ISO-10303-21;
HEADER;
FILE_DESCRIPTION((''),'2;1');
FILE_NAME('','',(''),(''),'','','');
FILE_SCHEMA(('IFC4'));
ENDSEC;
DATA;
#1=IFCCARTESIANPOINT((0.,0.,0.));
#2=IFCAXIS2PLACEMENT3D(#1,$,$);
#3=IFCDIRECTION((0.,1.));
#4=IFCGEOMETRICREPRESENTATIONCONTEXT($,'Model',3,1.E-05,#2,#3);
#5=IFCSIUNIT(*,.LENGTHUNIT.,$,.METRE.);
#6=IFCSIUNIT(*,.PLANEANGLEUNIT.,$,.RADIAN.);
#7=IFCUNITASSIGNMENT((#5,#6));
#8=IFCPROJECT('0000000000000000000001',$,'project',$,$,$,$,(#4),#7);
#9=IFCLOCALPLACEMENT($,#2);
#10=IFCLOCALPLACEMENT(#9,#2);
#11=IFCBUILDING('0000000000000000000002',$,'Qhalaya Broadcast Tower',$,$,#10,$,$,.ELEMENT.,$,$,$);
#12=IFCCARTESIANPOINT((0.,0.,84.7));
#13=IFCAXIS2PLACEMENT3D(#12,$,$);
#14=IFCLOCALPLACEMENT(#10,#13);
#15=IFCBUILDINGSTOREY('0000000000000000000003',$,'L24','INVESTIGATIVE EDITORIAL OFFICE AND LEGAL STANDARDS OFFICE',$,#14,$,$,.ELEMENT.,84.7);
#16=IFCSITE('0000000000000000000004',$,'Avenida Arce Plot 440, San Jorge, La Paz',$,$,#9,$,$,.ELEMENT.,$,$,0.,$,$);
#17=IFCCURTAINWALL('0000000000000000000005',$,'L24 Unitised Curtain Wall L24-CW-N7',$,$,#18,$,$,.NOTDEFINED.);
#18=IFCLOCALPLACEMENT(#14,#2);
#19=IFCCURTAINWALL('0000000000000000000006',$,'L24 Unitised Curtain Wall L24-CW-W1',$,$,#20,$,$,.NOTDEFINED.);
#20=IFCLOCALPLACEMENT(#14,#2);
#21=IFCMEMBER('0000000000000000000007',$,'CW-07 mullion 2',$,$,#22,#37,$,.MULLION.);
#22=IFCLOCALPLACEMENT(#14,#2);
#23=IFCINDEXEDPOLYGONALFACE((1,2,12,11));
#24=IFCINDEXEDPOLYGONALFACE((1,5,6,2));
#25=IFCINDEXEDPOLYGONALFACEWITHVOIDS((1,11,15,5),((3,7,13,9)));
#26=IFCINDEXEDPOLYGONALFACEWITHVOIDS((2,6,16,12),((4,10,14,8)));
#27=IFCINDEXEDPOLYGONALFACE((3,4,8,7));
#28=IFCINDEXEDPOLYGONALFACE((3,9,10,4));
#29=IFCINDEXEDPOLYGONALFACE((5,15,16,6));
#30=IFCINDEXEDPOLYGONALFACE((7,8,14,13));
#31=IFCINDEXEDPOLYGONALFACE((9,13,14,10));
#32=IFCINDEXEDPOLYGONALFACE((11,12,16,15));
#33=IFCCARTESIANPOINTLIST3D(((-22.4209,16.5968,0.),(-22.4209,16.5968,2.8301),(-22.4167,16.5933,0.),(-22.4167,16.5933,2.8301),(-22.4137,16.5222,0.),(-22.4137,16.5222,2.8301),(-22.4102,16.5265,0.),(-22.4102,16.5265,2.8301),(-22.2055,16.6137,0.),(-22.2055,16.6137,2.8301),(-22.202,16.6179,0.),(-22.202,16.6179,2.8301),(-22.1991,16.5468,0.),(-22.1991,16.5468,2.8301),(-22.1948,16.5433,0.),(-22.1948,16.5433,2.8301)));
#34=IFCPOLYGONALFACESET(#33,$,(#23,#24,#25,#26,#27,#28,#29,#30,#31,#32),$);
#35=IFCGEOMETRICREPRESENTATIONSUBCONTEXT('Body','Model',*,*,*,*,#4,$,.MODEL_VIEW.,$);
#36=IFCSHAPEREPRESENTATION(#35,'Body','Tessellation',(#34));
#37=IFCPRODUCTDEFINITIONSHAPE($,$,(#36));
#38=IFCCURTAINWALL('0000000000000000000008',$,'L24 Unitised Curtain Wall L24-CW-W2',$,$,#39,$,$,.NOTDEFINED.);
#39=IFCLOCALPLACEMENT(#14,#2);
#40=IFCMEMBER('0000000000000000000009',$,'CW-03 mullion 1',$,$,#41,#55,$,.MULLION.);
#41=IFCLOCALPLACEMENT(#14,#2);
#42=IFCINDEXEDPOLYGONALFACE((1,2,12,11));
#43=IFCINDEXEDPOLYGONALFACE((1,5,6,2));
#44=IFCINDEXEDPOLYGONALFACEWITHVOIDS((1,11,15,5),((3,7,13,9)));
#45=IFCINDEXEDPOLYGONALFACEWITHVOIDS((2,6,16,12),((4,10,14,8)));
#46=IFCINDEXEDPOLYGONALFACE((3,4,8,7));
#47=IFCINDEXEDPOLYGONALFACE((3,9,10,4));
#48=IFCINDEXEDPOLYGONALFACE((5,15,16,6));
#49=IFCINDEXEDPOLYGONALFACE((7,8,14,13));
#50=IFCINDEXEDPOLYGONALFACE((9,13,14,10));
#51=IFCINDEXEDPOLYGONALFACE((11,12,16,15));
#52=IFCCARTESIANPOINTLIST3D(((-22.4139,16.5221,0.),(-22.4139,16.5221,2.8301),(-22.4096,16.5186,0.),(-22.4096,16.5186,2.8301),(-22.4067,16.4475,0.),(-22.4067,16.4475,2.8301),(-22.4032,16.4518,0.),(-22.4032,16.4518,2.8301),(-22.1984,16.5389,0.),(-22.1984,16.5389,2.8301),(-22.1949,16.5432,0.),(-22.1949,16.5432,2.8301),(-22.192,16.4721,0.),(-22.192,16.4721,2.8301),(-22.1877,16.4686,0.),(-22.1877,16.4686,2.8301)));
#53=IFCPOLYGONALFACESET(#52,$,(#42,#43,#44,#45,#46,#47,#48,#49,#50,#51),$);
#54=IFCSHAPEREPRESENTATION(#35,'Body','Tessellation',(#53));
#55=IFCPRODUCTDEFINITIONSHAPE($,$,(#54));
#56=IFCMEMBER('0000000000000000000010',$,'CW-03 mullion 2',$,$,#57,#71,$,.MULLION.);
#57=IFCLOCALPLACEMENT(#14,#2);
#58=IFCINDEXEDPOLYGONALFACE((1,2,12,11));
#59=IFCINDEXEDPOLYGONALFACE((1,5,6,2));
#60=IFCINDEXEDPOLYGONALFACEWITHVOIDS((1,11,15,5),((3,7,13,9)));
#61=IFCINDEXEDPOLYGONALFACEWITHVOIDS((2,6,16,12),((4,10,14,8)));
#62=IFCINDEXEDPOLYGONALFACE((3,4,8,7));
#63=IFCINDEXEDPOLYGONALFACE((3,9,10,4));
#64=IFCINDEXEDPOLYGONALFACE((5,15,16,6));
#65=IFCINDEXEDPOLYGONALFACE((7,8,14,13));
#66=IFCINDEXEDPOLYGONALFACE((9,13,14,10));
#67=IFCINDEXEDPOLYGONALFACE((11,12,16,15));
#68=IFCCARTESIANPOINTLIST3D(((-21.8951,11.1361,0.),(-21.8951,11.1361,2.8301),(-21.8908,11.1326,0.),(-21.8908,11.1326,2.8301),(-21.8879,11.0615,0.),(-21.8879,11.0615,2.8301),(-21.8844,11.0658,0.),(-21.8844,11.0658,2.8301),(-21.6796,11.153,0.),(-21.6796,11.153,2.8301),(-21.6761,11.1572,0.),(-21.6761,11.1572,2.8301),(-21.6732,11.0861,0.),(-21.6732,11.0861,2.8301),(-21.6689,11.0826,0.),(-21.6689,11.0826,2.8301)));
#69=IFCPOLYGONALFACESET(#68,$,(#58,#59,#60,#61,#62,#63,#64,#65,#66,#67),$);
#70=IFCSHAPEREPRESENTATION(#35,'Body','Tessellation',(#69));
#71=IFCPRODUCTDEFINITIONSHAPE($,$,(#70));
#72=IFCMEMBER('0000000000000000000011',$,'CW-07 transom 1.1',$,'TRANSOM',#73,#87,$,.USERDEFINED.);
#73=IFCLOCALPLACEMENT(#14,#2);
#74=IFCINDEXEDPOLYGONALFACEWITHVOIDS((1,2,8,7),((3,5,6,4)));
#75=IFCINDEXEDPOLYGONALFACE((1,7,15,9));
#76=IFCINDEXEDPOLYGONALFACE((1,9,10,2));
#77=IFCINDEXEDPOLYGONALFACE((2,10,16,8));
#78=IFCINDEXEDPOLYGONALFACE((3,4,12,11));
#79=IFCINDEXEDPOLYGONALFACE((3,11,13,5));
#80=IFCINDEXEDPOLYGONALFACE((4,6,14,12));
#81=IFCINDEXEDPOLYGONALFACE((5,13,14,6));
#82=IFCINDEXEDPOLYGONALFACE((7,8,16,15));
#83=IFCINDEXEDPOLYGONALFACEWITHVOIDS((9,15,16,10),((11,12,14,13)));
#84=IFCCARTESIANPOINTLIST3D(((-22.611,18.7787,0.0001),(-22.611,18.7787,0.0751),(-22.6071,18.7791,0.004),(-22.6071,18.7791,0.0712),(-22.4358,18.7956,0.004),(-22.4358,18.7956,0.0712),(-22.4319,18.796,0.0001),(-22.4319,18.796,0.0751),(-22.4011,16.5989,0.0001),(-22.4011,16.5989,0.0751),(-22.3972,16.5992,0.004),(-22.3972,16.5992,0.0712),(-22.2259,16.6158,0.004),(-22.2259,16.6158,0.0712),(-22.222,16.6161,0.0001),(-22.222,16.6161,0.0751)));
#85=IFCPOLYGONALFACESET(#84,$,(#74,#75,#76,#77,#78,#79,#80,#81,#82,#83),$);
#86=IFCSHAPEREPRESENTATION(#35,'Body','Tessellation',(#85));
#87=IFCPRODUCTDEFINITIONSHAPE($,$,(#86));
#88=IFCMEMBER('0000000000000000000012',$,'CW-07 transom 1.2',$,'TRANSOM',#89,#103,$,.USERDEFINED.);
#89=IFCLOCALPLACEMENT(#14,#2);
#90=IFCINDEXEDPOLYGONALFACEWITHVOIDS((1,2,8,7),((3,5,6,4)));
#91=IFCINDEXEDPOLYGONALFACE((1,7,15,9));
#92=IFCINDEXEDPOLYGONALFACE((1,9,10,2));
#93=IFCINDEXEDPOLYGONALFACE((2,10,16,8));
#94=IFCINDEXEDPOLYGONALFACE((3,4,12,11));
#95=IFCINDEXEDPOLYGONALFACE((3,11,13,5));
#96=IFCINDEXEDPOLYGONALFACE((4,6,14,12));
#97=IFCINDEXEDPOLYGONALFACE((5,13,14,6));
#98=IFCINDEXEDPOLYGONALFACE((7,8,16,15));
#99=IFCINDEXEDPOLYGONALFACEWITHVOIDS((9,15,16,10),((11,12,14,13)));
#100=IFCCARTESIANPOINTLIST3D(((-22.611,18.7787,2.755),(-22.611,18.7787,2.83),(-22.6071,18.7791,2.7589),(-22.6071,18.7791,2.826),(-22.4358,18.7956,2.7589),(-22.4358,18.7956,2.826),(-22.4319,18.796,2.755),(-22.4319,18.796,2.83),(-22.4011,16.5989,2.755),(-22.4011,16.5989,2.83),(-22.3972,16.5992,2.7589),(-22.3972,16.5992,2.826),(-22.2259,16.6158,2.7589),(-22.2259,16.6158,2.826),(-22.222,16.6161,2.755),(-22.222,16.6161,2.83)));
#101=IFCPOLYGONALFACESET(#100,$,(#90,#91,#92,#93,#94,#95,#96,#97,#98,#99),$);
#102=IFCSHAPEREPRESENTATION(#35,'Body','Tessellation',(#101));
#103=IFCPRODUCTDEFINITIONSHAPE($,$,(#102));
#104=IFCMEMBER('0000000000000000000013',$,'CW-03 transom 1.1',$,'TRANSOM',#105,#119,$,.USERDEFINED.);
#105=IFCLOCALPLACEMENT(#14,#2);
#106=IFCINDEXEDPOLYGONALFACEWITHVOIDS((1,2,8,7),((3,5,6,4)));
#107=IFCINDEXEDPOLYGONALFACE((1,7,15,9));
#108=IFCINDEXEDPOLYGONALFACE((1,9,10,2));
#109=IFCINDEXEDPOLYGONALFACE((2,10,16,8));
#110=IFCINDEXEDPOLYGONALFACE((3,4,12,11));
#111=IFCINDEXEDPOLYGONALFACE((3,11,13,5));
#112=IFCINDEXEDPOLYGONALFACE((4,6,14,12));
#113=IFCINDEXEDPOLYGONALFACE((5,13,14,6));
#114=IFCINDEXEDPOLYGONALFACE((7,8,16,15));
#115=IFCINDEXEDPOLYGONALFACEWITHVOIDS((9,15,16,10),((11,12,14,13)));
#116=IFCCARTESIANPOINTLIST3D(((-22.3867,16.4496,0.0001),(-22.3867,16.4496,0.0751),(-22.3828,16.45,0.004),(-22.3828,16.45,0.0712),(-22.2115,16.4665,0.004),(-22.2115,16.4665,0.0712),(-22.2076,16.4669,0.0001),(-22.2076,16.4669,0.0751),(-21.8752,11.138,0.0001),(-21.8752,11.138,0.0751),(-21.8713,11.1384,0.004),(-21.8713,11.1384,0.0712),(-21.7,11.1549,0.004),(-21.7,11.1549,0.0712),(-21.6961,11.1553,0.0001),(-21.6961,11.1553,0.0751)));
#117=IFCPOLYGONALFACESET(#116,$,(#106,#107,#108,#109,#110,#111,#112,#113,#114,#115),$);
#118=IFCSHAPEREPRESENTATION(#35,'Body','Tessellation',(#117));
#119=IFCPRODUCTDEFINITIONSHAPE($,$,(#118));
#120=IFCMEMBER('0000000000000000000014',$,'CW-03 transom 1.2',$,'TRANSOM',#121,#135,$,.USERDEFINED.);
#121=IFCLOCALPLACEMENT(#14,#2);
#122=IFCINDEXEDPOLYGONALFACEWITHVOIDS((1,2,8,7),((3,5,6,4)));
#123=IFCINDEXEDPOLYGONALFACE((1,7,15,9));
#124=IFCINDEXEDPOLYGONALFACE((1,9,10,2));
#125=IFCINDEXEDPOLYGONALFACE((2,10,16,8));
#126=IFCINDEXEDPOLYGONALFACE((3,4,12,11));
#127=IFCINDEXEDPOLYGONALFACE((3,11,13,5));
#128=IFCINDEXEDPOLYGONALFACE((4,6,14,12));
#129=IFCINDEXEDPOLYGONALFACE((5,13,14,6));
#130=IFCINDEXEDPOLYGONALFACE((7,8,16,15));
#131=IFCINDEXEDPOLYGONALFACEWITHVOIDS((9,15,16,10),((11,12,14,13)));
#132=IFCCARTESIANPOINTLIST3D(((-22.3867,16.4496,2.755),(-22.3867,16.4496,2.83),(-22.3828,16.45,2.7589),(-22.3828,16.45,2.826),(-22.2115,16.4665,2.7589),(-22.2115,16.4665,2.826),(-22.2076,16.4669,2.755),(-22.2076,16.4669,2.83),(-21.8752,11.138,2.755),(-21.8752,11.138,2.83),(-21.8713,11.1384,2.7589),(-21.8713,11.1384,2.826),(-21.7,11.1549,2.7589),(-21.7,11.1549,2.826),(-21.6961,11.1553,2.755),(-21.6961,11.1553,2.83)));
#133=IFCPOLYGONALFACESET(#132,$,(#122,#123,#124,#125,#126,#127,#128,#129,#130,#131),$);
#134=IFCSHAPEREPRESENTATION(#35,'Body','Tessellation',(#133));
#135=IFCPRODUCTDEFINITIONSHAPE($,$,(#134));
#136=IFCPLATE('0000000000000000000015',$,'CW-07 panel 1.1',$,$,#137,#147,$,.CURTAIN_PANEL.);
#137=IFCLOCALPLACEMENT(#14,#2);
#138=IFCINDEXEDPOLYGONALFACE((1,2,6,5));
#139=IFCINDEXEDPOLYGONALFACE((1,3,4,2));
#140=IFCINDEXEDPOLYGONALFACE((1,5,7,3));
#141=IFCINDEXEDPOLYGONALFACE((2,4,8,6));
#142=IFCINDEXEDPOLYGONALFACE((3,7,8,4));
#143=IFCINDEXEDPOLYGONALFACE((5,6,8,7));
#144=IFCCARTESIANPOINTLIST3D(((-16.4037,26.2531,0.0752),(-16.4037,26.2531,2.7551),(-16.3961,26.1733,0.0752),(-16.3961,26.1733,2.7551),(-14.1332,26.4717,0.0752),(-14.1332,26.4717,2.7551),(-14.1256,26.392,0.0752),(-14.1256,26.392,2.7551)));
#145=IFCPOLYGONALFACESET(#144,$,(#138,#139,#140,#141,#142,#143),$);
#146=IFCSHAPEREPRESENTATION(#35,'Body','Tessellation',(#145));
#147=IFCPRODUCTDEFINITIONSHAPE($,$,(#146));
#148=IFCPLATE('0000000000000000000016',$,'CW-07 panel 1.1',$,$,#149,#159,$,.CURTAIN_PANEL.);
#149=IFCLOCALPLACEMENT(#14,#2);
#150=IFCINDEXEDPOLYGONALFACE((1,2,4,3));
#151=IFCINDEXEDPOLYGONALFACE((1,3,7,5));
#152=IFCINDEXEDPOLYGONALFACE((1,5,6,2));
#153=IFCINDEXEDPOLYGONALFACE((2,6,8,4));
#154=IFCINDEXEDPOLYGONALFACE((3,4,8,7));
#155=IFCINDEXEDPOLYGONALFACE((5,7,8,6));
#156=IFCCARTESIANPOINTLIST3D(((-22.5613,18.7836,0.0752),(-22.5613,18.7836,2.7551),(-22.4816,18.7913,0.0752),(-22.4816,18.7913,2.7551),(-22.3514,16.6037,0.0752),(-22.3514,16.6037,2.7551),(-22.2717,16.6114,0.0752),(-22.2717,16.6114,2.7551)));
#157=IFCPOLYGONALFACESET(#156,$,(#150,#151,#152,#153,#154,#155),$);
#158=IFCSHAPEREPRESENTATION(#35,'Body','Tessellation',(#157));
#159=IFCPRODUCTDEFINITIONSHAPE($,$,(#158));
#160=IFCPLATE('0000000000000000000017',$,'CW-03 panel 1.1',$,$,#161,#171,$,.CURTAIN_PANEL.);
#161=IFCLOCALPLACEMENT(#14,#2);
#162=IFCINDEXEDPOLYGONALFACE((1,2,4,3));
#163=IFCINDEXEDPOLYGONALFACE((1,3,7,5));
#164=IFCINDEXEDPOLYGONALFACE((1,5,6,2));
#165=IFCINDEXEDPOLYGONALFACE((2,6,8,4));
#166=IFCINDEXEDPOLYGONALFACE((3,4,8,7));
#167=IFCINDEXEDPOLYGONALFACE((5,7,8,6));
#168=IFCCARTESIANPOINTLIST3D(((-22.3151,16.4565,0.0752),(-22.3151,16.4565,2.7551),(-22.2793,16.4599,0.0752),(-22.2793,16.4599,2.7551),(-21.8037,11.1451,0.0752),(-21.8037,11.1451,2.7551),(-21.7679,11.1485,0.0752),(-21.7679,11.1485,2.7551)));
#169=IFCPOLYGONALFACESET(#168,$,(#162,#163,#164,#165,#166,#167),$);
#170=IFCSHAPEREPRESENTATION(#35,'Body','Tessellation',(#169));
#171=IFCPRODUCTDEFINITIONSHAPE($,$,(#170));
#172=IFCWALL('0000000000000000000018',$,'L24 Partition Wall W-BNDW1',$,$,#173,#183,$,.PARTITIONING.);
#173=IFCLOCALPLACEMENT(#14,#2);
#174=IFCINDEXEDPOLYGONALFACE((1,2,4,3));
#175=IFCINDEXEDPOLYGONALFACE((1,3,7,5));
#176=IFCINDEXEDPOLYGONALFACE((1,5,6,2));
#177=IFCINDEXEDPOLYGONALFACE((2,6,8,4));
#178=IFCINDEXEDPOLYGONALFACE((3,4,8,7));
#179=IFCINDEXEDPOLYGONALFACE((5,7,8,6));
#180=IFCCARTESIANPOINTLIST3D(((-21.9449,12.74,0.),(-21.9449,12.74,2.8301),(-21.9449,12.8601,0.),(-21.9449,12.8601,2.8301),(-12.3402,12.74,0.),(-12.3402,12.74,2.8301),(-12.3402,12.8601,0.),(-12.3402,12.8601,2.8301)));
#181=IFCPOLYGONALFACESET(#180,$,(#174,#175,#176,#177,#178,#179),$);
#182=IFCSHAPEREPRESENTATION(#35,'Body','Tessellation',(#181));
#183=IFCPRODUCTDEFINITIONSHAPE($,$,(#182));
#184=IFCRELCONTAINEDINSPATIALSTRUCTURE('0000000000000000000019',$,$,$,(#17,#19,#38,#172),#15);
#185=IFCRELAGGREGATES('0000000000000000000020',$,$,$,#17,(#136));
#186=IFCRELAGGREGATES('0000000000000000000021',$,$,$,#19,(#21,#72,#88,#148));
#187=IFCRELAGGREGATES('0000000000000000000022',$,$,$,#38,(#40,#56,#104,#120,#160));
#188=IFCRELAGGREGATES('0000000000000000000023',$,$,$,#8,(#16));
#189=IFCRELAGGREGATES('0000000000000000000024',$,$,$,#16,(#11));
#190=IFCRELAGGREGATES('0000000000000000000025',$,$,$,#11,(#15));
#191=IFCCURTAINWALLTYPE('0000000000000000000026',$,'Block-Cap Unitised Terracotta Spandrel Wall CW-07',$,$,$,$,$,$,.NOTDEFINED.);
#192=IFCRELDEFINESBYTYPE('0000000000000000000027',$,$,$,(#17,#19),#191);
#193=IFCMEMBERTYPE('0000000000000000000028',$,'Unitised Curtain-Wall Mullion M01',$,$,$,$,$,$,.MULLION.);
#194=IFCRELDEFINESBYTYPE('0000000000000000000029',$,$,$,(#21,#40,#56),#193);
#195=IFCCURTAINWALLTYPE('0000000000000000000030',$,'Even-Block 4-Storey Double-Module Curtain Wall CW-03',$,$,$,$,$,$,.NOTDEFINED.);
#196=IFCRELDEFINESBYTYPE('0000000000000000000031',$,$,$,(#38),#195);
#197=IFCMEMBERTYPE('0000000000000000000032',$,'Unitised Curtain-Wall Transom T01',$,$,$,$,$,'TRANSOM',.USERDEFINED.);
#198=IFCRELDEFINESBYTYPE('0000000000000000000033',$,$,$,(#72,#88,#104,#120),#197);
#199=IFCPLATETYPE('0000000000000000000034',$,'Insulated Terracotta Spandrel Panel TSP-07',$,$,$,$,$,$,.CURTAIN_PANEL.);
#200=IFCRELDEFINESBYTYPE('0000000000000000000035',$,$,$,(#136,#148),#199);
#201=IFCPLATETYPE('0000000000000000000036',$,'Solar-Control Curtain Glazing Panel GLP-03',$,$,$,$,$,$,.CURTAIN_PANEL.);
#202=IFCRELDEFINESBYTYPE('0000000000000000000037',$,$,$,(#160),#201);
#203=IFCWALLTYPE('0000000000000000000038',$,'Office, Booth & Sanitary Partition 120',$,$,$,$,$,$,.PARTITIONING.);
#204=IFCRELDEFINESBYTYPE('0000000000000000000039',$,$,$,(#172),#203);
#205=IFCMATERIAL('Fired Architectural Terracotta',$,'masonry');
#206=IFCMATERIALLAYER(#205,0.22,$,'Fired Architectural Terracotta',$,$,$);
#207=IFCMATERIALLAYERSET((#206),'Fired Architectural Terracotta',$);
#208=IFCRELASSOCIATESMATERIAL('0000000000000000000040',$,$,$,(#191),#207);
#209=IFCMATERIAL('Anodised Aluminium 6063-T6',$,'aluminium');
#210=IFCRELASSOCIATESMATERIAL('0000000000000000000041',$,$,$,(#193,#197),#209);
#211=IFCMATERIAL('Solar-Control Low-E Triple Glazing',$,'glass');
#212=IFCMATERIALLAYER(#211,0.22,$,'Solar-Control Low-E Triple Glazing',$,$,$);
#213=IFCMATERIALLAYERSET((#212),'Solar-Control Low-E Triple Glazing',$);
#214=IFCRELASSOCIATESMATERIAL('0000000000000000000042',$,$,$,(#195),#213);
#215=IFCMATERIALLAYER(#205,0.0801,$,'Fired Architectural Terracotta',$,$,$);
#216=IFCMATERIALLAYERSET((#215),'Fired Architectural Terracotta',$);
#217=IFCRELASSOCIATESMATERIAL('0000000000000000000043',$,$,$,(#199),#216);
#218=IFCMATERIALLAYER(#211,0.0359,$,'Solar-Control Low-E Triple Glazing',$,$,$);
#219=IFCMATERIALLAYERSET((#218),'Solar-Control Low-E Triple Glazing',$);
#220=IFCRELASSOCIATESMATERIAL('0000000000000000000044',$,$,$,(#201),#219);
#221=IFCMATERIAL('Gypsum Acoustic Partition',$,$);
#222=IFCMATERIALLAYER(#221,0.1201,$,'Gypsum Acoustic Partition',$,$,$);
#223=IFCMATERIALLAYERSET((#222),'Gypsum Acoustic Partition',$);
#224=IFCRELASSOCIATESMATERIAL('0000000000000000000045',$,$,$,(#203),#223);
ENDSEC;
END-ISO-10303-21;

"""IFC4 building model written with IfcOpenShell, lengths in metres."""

from ifc_helpers import new_model, si_unit, direction, frame, frame_2d, origin, origin_2d, place, context, subcontext, project, spatial, rectangle, hollow_rectangle, extrude, material, layer, layer_set, material_profile, profile_set, type_object, element, aggregate, save


model = new_model("IFC4")

# Units and contexts
model_context = context("Model", 3, precision=1e-05, world=origin(), true_north=direction((0.0, 1.0)))
body_context = subcontext(model_context, "Body", "Model", "MODEL_VIEW")
ifc_project = project(units=[si_unit("LENGTHUNIT", "METRE"), si_unit("PLANEANGLEUNIT", "RADIAN")], contexts=[model_context])

# Site, building, storey
site_placement = place(None, origin())
site = spatial("IfcSite", under=ifc_project, at=site_placement, Name="Avenida Arce Plot 440, San Jorge, La Paz", CompositionType="ELEMENT", RefElevation=0.0)
building_placement = place(site_placement, origin())
building = spatial("IfcBuilding", under=site, at=building_placement, Name="Qhalaya Broadcast Tower", CompositionType="ELEMENT")
storey_placement = place(building_placement, frame((0.0, 0.0, 84.7)))
storey = spatial("IfcBuildingStorey", under=building, at=storey_placement, Name="L24", Description="INVESTIGATIVE EDITORIAL OFFICE AND LEGAL STANDARDS OFFICE", CompositionType="ELEMENT", Elevation=84.7)

# Curtain wall
ifc_material_1 = material(Name="Fired Architectural Terracotta", Category="masonry")
ifc_layer_1 = layer(ifc_material_1, 0.22, Name="Fired Architectural Terracotta")
ifc_layer_set_1 = layer_set([ifc_layer_1], Name="Fired Architectural Terracotta")
curtain_wall_type_1 = type_object("IfcCurtainWallType", Name="Block-Cap Unitised Terracotta Spandrel Wall CW-07", PredefinedType="NOTDEFINED", material=ifc_layer_set_1)
curtain_wall_1_placement = place(storey_placement, origin())
curtain_wall_1 = element("IfcCurtainWall", 1, at=curtain_wall_1_placement, inside=storey, type_object=curtain_wall_type_1, Name="L24 Unitised Curtain Wall L24-CW-N7", PredefinedType="NOTDEFINED")
ifc_material_2 = material(Name="Anodised Aluminium 6063-T6", Category="aluminium")
ifc_material_profile_1 = material_profile(ifc_material_2, hollow_rectangle(XDim=0.075, YDim=0.22, WallThickness=0.0039, at=origin_2d()), Name="ALU-MUL 75x220x4")
ifc_profile_set_1 = profile_set([ifc_material_profile_1], Name="Anodised Aluminium 6063-T6")
member_type_1 = type_object("IfcMemberType", Name="Unitised Curtain-Wall Mullion M01", PredefinedType="MULLION", material=ifc_profile_set_1)

# Curtain walls, members
curtain_wall_2_placement = place(storey_placement, origin())
curtain_wall_2 = element("IfcCurtainWall", 2, at=curtain_wall_2_placement, inside=storey, type_object=curtain_wall_type_1, Name="L24 Unitised Curtain Wall L24-CW-W1", PredefinedType="NOTDEFINED")
member_1_placement = place(storey_placement, frame((-22.3079, 16.5701, 0.0), z_axis=(0.0, 0.0, 1.0), x_axis=(0.095856, -0.995395, 0.0)))
member_1 = element("IfcMember", 3, at=member_1_placement, type_object=member_type_1, Name="CW-07 mullion 2", PredefinedType="MULLION", context=body_context, shape_type="SweptSolid", body=[
    extrude(hollow_rectangle(XDim=0.075, YDim=0.22, WallThickness=0.0039, at=origin_2d()), origin(), (0.0, 0.0, 1.0), 2.8301),
])
ifc_material_3 = material(Name="Solar-Control Low-E Triple Glazing", Category="glass")
ifc_layer_2 = layer(ifc_material_3, 0.22, Name="Solar-Control Low-E Triple Glazing")
ifc_layer_set_2 = layer_set([ifc_layer_2], Name="Solar-Control Low-E Triple Glazing")
curtain_wall_type_2 = type_object("IfcCurtainWallType", Name="Even-Block 4-Storey Double-Module Curtain Wall CW-03", PredefinedType="NOTDEFINED", material=ifc_layer_set_2)
curtain_wall_3_placement = place(storey_placement, origin())
curtain_wall_3 = element("IfcCurtainWall", 4, at=curtain_wall_3_placement, inside=storey, type_object=curtain_wall_type_2, Name="L24 Unitised Curtain Wall L24-CW-W2", PredefinedType="NOTDEFINED")
member_2_placement = place(storey_placement, frame((-22.3008, 16.4954, 0.0), z_axis=(0.0, 0.0, 1.0), x_axis=(0.095843, -0.995396, 0.0)))
member_2 = element("IfcMember", 5, at=member_2_placement, type_object=member_type_1, Name="CW-03 mullion 1", PredefinedType="MULLION", context=body_context, shape_type="SweptSolid", body=[
    extrude(hollow_rectangle(XDim=0.075, YDim=0.22, WallThickness=0.0039, at=origin_2d()), origin(), (0.0, 0.0, 1.0), 2.8301),
])
member_3_placement = place(storey_placement, frame((-21.782, 11.1094, 0.0), z_axis=(0.0, 0.0, 1.0), x_axis=(0.095843, -0.995396, 0.0)))
member_3 = element("IfcMember", 6, at=member_3_placement, type_object=member_type_1, Name="CW-03 mullion 2", PredefinedType="MULLION", context=body_context, shape_type="SweptSolid", body=[
    extrude(hollow_rectangle(XDim=0.075, YDim=0.22, WallThickness=0.0039, at=origin_2d()), origin(), (0.0, 0.0, 1.0), 2.8301),
])

# Members
ifc_material_profile_2 = material_profile(ifc_material_2, hollow_rectangle(XDim=0.075, YDim=0.1799, WallThickness=0.0039, at=origin_2d()), Name="ALU-TRN 75x180x4")
ifc_profile_set_2 = profile_set([ifc_material_profile_2], Name="Anodised Aluminium 6063-T6")
member_type_2 = type_object("IfcMemberType", Name="Unitised Curtain-Wall Transom T01", ElementType="TRANSOM", PredefinedType="USERDEFINED", material=ifc_profile_set_2)
member_4_placement = place(storey_placement, frame((-22.5215, 18.7874, 0.0376), z_axis=(0.095872, -0.995394, 0.0), x_axis=(0.0, 0.0, 1.0)))
member_4 = element("IfcMember", 7, at=member_4_placement, type_object=member_type_2, Name="CW-07 transom 1.1", ObjectType="TRANSOM", PredefinedType="USERDEFINED", context=body_context, shape_type="SweptSolid", body=[
    extrude(hollow_rectangle(XDim=0.075, YDim=0.1799, WallThickness=0.0039, at=origin_2d()), origin(), (0.0, 0.0, 1.0), 2.1899),
])
member_5_placement = place(storey_placement, frame((-22.5215, 18.7874, 2.7925), z_axis=(0.095872, -0.995394, 0.0), x_axis=(0.0, 0.0, 1.0)))
member_5 = element("IfcMember", 8, at=member_5_placement, type_object=member_type_2, Name="CW-07 transom 1.2", ObjectType="TRANSOM", PredefinedType="USERDEFINED", context=body_context, shape_type="SweptSolid", body=[
    extrude(hollow_rectangle(XDim=0.075, YDim=0.1799, WallThickness=0.0039, at=origin_2d()), origin(), (0.0, 0.0, 1.0), 2.1899),
])
member_6_placement = place(storey_placement, frame((-22.2971, 16.4583, 0.0376), z_axis=(0.095852, -0.995396, 0.0), x_axis=(0.0, 0.0, 1.0)))
member_6 = element("IfcMember", 9, at=member_6_placement, type_object=member_type_2, Name="CW-03 transom 1.1", ObjectType="TRANSOM", PredefinedType="USERDEFINED", context=body_context, shape_type="SweptSolid", body=[
    extrude(hollow_rectangle(XDim=0.075, YDim=0.1799, WallThickness=0.0039, at=origin_2d()), origin(), (0.0, 0.0, 1.0), 5.3362),
])
member_7_placement = place(storey_placement, frame((-22.2971, 16.4583, 2.7925), z_axis=(0.095852, -0.995396, 0.0), x_axis=(0.0, 0.0, 1.0)))
member_7 = element("IfcMember", 10, at=member_7_placement, type_object=member_type_2, Name="CW-03 transom 1.2", ObjectType="TRANSOM", PredefinedType="USERDEFINED", context=body_context, shape_type="SweptSolid", body=[
    extrude(hollow_rectangle(XDim=0.075, YDim=0.1799, WallThickness=0.0039, at=origin_2d()), origin(), (0.0, 0.0, 1.0), 5.3362),
])

# Plates
ifc_layer_3 = layer(ifc_material_1, 0.0801, Name="Fired Architectural Terracotta")
ifc_layer_set_3 = layer_set([ifc_layer_3], Name="Fired Architectural Terracotta")
plate_type_1 = type_object("IfcPlateType", Name="Insulated Terracotta Spandrel Panel TSP-07", PredefinedType="CURTAIN_PANEL", material=ifc_layer_set_3)
plate_1_placement = place(storey_placement, frame((-15.2646, 26.3225, 0.0752), z_axis=(0.0, 0.0, 1.0), x_axis=(-0.995396, -0.095846, 0.0)))
plate_1 = element("IfcPlate", 11, at=plate_1_placement, type_object=plate_type_1, Name="CW-07 panel 1.1", PredefinedType="CURTAIN_PANEL", context=body_context, shape_type="SweptSolid", body=[
    extrude(rectangle(XDim=2.281, YDim=0.0801, at=origin_2d()), origin(), (0.0, 0.0, 1.0), 2.6799),
])
aggregate(curtain_wall_1, [plate_1])
plate_2_placement = place(storey_placement, frame((-22.4165, 17.6975, 0.0752), z_axis=(0.0, 0.0, 1.0), x_axis=(0.095856, -0.995395, 0.0)))
plate_2 = element("IfcPlate", 12, at=plate_2_placement, type_object=plate_type_1, Name="CW-07 panel 1.1", PredefinedType="CURTAIN_PANEL", context=body_context, shape_type="SweptSolid", body=[
    extrude(rectangle(XDim=2.1899, YDim=0.0801, at=origin_2d()), origin(), (0.0, 0.0, 1.0), 2.6799),
])
aggregate(curtain_wall_2, [member_1, member_4, member_5, plate_2])
ifc_layer_4 = layer(ifc_material_3, 0.0359, Name="Solar-Control Low-E Triple Glazing")
ifc_layer_set_4 = layer_set([ifc_layer_4], Name="Solar-Control Low-E Triple Glazing")
plate_type_2 = type_object("IfcPlateType", Name="Solar-Control Curtain Glazing Panel GLP-03", PredefinedType="CURTAIN_PANEL", material=ifc_layer_set_4)
plate_3_placement = place(storey_placement, frame((-22.0415, 13.8025, 0.0752), z_axis=(0.0, 0.0, 1.0), x_axis=(0.095843, -0.995396, 0.0)))
plate_3 = element("IfcPlate", 13, at=plate_3_placement, type_object=plate_type_2, Name="CW-03 panel 1.1", PredefinedType="CURTAIN_PANEL", context=body_context, shape_type="SweptSolid", body=[
    extrude(rectangle(XDim=5.3359, YDim=0.0359, at=origin_2d()), origin(), (0.0, 0.0, 1.0), 2.6799),
])
aggregate(curtain_wall_3, [member_2, member_3, member_6, member_7, plate_3])

# Wall
ifc_material_4 = material(Name="Gypsum Acoustic Partition")
ifc_layer_5 = layer(ifc_material_4, 0.1201, Name="Gypsum Acoustic Partition")
ifc_layer_set_5 = layer_set([ifc_layer_5], Name="Gypsum Acoustic Partition")
wall_type = type_object("IfcWallType", Name="Office, Booth & Sanitary Partition 120", PredefinedType="PARTITIONING", material=ifc_layer_set_5)
wall_placement = place(storey_placement, frame((-21.9448, 12.8, 0.0), z_axis=(0.0, 0.0, 1.0), x_axis=(1.0, 0.0, 0.0)))
element("IfcWall", 14, at=wall_placement, inside=storey, type_object=wall_type, Name="L24 Partition Wall W-BNDW1", PredefinedType="PARTITIONING", context=body_context, shape_type="SweptSolid", body=[
    extrude(rectangle(XDim=9.6047, YDim=0.1201, at=frame_2d((4.8022, 0.0))), origin(), (0.0, 0.0, 1.0), 2.8301),
])

save(model, "model.ifc")
